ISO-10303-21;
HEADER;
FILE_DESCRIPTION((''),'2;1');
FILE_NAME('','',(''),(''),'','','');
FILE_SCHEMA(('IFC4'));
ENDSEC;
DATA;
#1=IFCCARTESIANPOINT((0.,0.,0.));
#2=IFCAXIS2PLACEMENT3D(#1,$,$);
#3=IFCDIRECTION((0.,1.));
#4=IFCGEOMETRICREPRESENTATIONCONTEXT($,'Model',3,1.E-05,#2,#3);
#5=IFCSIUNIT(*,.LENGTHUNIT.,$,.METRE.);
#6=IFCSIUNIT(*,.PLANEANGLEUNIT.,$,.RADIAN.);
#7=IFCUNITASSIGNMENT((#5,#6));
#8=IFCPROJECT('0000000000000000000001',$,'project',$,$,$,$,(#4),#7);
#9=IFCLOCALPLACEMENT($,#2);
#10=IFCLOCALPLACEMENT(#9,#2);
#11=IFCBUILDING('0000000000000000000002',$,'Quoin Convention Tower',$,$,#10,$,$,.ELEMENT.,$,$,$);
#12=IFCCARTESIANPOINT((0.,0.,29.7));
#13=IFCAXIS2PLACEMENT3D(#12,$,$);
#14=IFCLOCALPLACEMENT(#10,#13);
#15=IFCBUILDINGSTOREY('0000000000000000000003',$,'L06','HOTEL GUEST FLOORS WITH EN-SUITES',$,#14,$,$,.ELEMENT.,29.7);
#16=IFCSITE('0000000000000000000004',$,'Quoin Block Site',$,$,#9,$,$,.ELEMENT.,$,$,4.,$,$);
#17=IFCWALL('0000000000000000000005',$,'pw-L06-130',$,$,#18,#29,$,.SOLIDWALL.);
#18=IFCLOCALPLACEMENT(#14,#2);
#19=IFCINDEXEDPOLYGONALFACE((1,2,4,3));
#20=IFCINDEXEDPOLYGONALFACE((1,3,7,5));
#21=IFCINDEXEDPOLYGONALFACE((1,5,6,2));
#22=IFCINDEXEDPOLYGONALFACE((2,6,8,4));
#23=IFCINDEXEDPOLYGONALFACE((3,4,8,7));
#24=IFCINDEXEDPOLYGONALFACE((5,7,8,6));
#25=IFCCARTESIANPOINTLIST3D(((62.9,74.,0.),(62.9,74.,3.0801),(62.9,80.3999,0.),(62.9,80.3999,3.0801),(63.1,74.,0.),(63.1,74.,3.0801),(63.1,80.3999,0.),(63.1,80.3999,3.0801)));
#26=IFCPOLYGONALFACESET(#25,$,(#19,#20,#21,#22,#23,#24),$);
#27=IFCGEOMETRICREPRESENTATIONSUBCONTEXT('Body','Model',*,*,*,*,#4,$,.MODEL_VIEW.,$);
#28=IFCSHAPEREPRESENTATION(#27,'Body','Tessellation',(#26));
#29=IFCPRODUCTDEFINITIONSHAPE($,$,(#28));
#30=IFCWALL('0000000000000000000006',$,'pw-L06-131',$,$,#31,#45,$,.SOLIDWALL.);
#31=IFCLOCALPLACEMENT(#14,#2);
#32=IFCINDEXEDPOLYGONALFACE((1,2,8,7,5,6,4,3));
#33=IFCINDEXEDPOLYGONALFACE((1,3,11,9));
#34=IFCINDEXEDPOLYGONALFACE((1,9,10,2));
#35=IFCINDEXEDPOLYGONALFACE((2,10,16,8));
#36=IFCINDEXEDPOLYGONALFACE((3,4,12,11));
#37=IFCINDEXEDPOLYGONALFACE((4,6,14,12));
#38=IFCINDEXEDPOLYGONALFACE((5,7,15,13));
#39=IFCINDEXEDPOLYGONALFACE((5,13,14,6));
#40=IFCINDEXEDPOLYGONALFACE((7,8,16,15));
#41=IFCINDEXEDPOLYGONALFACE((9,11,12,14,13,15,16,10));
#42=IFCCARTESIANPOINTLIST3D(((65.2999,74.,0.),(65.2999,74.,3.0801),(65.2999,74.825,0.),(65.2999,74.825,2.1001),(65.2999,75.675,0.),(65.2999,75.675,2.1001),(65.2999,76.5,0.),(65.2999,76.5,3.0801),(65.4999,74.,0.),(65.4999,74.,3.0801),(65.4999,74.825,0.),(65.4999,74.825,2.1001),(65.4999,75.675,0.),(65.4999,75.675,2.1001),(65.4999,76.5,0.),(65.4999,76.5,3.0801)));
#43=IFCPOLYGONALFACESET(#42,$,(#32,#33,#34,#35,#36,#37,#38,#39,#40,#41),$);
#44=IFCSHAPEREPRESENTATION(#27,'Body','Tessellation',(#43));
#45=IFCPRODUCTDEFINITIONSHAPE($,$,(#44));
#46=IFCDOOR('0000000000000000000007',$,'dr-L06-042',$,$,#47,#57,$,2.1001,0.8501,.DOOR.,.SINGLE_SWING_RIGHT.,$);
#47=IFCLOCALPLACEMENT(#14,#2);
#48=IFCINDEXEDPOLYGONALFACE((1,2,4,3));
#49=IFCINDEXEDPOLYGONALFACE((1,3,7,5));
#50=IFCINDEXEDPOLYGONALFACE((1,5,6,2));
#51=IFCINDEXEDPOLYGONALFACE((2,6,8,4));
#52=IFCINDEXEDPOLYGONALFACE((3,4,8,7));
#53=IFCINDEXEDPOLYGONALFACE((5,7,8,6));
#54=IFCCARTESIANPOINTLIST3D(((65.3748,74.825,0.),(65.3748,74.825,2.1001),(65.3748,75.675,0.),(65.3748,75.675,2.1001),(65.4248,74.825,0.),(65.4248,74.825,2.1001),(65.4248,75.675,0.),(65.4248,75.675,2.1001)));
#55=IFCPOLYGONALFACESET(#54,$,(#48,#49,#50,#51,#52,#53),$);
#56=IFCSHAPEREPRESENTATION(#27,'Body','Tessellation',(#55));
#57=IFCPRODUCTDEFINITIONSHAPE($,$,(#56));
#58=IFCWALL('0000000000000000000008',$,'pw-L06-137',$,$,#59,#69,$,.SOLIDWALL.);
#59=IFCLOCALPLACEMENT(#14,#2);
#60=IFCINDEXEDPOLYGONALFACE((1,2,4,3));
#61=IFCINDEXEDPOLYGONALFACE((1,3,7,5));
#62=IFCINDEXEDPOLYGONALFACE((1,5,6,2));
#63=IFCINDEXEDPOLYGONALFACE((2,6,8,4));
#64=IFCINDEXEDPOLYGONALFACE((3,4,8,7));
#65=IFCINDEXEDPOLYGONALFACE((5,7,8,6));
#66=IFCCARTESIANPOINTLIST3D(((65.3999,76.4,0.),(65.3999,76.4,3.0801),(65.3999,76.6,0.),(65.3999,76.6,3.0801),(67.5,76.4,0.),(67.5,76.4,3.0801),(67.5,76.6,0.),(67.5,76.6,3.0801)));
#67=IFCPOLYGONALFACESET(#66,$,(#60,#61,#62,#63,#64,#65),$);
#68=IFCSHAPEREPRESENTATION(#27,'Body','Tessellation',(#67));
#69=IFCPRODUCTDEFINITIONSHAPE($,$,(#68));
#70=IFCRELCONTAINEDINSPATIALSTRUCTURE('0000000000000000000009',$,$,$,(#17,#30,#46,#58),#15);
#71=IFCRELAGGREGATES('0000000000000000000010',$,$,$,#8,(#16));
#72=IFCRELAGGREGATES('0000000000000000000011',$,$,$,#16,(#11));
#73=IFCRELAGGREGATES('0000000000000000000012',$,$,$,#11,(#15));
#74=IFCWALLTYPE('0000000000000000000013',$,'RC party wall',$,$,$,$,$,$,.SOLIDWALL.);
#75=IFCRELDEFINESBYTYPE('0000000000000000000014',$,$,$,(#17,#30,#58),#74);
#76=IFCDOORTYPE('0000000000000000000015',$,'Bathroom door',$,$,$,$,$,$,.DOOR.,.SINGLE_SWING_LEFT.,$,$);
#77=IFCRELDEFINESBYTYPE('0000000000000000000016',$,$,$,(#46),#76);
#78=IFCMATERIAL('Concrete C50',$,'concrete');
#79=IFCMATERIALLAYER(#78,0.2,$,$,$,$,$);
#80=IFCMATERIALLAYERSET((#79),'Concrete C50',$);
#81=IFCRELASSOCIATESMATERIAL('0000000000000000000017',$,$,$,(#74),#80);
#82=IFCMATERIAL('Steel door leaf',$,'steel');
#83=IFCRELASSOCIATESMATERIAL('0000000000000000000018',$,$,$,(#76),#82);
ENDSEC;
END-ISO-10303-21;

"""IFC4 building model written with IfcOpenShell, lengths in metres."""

from ifc_helpers import new_model, si_unit, direction, frame, frame_2d, origin, place, context, subcontext, project, spatial, rectangle, extrude, material, layer, layer_set, type_object, element, fill, save


model = new_model("IFC4")

# Units and contexts
model_context = context("Model", 3, precision=1e-05, world=origin(), true_north=direction((0.0, 1.0)))
body_context = subcontext(model_context, "Body", "Model", "MODEL_VIEW")
ifc_project = project(units=[si_unit("LENGTHUNIT", "METRE"), si_unit("PLANEANGLEUNIT", "RADIAN")], contexts=[model_context])

# Site, building, storey
site_placement = place(None, origin())
site = spatial("IfcSite", under=ifc_project, at=site_placement, Name="Quoin Block Site", CompositionType="ELEMENT", RefElevation=4.0)
building_placement = place(site_placement, origin())
building = spatial("IfcBuilding", under=site, at=building_placement, Name="Quoin Convention Tower", CompositionType="ELEMENT")
storey_placement = place(building_placement, frame((0.0, 0.0, 29.7)))
storey = spatial("IfcBuildingStorey", under=building, at=storey_placement, Name="L06", Description="HOTEL GUEST FLOORS WITH EN-SUITES", CompositionType="ELEMENT", Elevation=29.7)

# Shared definitions
ifc_material_1 = material(Name="Steel door leaf", Category="steel")

# Wall
ifc_material_2 = material(Name="Concrete C50", Category="concrete")
ifc_layer_1 = layer(ifc_material_2, 0.2)
ifc_layer_set_1 = layer_set([ifc_layer_1], Name="Concrete C50")
wall_type_1 = type_object("IfcWallType", Name="RC party wall", PredefinedType="SOLIDWALL", material=ifc_layer_set_1)
wall_1_placement = place(storey_placement, frame((63.0, 74.0, 0.0), z_axis=(0.0, 0.0, 1.0), x_axis=(0.0, 1.0, 0.0)))
element("IfcWall", 1, at=wall_1_placement, inside=storey, type_object=wall_type_1, Name="pw-L06-130", PredefinedType="SOLIDWALL", context=body_context, shape_type="SweptSolid", body=[
    extrude(rectangle(XDim=6.3999, YDim=0.2, at=frame_2d((3.2, 0.0))), origin(), (0.0, 0.0, 1.0), 3.0801),
])

# Wall, opening, door
wall_2_placement = place(storey_placement, frame((65.3999, 74.0, 0.0), z_axis=(0.0, 0.0, 1.0), x_axis=(0.0, 1.0, 0.0)))
wall_2 = element("IfcWall", 2, at=wall_2_placement, inside=storey, type_object=wall_type_1, Name="pw-L06-131", PredefinedType="SOLIDWALL", context=body_context, shape_type="SweptSolid", body=[
    extrude(rectangle(XDim=2.5, YDim=0.2, at=frame_2d((1.25, 0.0))), origin(), (0.0, 0.0, 1.0), 3.0801),
])
opening_1_placement = place(wall_2_placement, frame((0.825, 0.0, 0.0)))
opening_1 = element("IfcOpeningElement", 3, at=opening_1_placement, cuts=wall_2, PredefinedType="OPENING", context=body_context, shape_type="SweptSolid", body=[
    extrude(rectangle(XDim=0.8501, YDim=2.1001, at=frame_2d((0.425, 1.05))), frame((0.0, 0.1099, 0.0), z_axis=(0.0, -1.0, 0.0), x_axis=(1.0, 0.0, 0.0)), (0.0, 0.0, 1.0), 0.22),
])
door_type_1 = type_object("IfcDoorType", Name="Bathroom door", OperationType="SINGLE_SWING_LEFT", PredefinedType="DOOR", material=ifc_material_1)
door_1_placement = place(opening_1_placement, frame((0.8501, 0.0, 0.0), z_axis=(0.0, 0.0, 1.0), x_axis=(-1.0, 0.0, 0.0)))
door_1 = element("IfcDoor", 4, at=door_1_placement, inside=storey, type_object=door_type_1, Name="dr-L06-042", OperationType="SINGLE_SWING_RIGHT", OverallHeight=2.1001, OverallWidth=0.8501, PredefinedType="DOOR", context=body_context, shape_type="SweptSolid", body=[
    extrude(rectangle(XDim=0.8501, YDim=2.1001, at=frame_2d((0.425, 1.05))), frame((0.0, 0.0249, 0.0), z_axis=(0.0, -1.0, 0.0), x_axis=(1.0, 0.0, 0.0)), (0.0, 0.0, 1.0), 0.05),
])
fill(opening_1, door_1)

# Wall
wall_3_placement = place(storey_placement, frame((65.3999, 76.5, 0.0), z_axis=(0.0, 0.0, 1.0), x_axis=(1.0, 0.0, 0.0)))
element("IfcWall", 5, at=wall_3_placement, inside=storey, type_object=wall_type_1, Name="pw-L06-137", PredefinedType="SOLIDWALL", context=body_context, shape_type="SweptSolid", body=[
    extrude(rectangle(XDim=2.1001, YDim=0.2, at=frame_2d((1.05, 0.0))), origin(), (0.0, 0.0, 1.0), 3.0801),
])

save(model, "model.ifc")
